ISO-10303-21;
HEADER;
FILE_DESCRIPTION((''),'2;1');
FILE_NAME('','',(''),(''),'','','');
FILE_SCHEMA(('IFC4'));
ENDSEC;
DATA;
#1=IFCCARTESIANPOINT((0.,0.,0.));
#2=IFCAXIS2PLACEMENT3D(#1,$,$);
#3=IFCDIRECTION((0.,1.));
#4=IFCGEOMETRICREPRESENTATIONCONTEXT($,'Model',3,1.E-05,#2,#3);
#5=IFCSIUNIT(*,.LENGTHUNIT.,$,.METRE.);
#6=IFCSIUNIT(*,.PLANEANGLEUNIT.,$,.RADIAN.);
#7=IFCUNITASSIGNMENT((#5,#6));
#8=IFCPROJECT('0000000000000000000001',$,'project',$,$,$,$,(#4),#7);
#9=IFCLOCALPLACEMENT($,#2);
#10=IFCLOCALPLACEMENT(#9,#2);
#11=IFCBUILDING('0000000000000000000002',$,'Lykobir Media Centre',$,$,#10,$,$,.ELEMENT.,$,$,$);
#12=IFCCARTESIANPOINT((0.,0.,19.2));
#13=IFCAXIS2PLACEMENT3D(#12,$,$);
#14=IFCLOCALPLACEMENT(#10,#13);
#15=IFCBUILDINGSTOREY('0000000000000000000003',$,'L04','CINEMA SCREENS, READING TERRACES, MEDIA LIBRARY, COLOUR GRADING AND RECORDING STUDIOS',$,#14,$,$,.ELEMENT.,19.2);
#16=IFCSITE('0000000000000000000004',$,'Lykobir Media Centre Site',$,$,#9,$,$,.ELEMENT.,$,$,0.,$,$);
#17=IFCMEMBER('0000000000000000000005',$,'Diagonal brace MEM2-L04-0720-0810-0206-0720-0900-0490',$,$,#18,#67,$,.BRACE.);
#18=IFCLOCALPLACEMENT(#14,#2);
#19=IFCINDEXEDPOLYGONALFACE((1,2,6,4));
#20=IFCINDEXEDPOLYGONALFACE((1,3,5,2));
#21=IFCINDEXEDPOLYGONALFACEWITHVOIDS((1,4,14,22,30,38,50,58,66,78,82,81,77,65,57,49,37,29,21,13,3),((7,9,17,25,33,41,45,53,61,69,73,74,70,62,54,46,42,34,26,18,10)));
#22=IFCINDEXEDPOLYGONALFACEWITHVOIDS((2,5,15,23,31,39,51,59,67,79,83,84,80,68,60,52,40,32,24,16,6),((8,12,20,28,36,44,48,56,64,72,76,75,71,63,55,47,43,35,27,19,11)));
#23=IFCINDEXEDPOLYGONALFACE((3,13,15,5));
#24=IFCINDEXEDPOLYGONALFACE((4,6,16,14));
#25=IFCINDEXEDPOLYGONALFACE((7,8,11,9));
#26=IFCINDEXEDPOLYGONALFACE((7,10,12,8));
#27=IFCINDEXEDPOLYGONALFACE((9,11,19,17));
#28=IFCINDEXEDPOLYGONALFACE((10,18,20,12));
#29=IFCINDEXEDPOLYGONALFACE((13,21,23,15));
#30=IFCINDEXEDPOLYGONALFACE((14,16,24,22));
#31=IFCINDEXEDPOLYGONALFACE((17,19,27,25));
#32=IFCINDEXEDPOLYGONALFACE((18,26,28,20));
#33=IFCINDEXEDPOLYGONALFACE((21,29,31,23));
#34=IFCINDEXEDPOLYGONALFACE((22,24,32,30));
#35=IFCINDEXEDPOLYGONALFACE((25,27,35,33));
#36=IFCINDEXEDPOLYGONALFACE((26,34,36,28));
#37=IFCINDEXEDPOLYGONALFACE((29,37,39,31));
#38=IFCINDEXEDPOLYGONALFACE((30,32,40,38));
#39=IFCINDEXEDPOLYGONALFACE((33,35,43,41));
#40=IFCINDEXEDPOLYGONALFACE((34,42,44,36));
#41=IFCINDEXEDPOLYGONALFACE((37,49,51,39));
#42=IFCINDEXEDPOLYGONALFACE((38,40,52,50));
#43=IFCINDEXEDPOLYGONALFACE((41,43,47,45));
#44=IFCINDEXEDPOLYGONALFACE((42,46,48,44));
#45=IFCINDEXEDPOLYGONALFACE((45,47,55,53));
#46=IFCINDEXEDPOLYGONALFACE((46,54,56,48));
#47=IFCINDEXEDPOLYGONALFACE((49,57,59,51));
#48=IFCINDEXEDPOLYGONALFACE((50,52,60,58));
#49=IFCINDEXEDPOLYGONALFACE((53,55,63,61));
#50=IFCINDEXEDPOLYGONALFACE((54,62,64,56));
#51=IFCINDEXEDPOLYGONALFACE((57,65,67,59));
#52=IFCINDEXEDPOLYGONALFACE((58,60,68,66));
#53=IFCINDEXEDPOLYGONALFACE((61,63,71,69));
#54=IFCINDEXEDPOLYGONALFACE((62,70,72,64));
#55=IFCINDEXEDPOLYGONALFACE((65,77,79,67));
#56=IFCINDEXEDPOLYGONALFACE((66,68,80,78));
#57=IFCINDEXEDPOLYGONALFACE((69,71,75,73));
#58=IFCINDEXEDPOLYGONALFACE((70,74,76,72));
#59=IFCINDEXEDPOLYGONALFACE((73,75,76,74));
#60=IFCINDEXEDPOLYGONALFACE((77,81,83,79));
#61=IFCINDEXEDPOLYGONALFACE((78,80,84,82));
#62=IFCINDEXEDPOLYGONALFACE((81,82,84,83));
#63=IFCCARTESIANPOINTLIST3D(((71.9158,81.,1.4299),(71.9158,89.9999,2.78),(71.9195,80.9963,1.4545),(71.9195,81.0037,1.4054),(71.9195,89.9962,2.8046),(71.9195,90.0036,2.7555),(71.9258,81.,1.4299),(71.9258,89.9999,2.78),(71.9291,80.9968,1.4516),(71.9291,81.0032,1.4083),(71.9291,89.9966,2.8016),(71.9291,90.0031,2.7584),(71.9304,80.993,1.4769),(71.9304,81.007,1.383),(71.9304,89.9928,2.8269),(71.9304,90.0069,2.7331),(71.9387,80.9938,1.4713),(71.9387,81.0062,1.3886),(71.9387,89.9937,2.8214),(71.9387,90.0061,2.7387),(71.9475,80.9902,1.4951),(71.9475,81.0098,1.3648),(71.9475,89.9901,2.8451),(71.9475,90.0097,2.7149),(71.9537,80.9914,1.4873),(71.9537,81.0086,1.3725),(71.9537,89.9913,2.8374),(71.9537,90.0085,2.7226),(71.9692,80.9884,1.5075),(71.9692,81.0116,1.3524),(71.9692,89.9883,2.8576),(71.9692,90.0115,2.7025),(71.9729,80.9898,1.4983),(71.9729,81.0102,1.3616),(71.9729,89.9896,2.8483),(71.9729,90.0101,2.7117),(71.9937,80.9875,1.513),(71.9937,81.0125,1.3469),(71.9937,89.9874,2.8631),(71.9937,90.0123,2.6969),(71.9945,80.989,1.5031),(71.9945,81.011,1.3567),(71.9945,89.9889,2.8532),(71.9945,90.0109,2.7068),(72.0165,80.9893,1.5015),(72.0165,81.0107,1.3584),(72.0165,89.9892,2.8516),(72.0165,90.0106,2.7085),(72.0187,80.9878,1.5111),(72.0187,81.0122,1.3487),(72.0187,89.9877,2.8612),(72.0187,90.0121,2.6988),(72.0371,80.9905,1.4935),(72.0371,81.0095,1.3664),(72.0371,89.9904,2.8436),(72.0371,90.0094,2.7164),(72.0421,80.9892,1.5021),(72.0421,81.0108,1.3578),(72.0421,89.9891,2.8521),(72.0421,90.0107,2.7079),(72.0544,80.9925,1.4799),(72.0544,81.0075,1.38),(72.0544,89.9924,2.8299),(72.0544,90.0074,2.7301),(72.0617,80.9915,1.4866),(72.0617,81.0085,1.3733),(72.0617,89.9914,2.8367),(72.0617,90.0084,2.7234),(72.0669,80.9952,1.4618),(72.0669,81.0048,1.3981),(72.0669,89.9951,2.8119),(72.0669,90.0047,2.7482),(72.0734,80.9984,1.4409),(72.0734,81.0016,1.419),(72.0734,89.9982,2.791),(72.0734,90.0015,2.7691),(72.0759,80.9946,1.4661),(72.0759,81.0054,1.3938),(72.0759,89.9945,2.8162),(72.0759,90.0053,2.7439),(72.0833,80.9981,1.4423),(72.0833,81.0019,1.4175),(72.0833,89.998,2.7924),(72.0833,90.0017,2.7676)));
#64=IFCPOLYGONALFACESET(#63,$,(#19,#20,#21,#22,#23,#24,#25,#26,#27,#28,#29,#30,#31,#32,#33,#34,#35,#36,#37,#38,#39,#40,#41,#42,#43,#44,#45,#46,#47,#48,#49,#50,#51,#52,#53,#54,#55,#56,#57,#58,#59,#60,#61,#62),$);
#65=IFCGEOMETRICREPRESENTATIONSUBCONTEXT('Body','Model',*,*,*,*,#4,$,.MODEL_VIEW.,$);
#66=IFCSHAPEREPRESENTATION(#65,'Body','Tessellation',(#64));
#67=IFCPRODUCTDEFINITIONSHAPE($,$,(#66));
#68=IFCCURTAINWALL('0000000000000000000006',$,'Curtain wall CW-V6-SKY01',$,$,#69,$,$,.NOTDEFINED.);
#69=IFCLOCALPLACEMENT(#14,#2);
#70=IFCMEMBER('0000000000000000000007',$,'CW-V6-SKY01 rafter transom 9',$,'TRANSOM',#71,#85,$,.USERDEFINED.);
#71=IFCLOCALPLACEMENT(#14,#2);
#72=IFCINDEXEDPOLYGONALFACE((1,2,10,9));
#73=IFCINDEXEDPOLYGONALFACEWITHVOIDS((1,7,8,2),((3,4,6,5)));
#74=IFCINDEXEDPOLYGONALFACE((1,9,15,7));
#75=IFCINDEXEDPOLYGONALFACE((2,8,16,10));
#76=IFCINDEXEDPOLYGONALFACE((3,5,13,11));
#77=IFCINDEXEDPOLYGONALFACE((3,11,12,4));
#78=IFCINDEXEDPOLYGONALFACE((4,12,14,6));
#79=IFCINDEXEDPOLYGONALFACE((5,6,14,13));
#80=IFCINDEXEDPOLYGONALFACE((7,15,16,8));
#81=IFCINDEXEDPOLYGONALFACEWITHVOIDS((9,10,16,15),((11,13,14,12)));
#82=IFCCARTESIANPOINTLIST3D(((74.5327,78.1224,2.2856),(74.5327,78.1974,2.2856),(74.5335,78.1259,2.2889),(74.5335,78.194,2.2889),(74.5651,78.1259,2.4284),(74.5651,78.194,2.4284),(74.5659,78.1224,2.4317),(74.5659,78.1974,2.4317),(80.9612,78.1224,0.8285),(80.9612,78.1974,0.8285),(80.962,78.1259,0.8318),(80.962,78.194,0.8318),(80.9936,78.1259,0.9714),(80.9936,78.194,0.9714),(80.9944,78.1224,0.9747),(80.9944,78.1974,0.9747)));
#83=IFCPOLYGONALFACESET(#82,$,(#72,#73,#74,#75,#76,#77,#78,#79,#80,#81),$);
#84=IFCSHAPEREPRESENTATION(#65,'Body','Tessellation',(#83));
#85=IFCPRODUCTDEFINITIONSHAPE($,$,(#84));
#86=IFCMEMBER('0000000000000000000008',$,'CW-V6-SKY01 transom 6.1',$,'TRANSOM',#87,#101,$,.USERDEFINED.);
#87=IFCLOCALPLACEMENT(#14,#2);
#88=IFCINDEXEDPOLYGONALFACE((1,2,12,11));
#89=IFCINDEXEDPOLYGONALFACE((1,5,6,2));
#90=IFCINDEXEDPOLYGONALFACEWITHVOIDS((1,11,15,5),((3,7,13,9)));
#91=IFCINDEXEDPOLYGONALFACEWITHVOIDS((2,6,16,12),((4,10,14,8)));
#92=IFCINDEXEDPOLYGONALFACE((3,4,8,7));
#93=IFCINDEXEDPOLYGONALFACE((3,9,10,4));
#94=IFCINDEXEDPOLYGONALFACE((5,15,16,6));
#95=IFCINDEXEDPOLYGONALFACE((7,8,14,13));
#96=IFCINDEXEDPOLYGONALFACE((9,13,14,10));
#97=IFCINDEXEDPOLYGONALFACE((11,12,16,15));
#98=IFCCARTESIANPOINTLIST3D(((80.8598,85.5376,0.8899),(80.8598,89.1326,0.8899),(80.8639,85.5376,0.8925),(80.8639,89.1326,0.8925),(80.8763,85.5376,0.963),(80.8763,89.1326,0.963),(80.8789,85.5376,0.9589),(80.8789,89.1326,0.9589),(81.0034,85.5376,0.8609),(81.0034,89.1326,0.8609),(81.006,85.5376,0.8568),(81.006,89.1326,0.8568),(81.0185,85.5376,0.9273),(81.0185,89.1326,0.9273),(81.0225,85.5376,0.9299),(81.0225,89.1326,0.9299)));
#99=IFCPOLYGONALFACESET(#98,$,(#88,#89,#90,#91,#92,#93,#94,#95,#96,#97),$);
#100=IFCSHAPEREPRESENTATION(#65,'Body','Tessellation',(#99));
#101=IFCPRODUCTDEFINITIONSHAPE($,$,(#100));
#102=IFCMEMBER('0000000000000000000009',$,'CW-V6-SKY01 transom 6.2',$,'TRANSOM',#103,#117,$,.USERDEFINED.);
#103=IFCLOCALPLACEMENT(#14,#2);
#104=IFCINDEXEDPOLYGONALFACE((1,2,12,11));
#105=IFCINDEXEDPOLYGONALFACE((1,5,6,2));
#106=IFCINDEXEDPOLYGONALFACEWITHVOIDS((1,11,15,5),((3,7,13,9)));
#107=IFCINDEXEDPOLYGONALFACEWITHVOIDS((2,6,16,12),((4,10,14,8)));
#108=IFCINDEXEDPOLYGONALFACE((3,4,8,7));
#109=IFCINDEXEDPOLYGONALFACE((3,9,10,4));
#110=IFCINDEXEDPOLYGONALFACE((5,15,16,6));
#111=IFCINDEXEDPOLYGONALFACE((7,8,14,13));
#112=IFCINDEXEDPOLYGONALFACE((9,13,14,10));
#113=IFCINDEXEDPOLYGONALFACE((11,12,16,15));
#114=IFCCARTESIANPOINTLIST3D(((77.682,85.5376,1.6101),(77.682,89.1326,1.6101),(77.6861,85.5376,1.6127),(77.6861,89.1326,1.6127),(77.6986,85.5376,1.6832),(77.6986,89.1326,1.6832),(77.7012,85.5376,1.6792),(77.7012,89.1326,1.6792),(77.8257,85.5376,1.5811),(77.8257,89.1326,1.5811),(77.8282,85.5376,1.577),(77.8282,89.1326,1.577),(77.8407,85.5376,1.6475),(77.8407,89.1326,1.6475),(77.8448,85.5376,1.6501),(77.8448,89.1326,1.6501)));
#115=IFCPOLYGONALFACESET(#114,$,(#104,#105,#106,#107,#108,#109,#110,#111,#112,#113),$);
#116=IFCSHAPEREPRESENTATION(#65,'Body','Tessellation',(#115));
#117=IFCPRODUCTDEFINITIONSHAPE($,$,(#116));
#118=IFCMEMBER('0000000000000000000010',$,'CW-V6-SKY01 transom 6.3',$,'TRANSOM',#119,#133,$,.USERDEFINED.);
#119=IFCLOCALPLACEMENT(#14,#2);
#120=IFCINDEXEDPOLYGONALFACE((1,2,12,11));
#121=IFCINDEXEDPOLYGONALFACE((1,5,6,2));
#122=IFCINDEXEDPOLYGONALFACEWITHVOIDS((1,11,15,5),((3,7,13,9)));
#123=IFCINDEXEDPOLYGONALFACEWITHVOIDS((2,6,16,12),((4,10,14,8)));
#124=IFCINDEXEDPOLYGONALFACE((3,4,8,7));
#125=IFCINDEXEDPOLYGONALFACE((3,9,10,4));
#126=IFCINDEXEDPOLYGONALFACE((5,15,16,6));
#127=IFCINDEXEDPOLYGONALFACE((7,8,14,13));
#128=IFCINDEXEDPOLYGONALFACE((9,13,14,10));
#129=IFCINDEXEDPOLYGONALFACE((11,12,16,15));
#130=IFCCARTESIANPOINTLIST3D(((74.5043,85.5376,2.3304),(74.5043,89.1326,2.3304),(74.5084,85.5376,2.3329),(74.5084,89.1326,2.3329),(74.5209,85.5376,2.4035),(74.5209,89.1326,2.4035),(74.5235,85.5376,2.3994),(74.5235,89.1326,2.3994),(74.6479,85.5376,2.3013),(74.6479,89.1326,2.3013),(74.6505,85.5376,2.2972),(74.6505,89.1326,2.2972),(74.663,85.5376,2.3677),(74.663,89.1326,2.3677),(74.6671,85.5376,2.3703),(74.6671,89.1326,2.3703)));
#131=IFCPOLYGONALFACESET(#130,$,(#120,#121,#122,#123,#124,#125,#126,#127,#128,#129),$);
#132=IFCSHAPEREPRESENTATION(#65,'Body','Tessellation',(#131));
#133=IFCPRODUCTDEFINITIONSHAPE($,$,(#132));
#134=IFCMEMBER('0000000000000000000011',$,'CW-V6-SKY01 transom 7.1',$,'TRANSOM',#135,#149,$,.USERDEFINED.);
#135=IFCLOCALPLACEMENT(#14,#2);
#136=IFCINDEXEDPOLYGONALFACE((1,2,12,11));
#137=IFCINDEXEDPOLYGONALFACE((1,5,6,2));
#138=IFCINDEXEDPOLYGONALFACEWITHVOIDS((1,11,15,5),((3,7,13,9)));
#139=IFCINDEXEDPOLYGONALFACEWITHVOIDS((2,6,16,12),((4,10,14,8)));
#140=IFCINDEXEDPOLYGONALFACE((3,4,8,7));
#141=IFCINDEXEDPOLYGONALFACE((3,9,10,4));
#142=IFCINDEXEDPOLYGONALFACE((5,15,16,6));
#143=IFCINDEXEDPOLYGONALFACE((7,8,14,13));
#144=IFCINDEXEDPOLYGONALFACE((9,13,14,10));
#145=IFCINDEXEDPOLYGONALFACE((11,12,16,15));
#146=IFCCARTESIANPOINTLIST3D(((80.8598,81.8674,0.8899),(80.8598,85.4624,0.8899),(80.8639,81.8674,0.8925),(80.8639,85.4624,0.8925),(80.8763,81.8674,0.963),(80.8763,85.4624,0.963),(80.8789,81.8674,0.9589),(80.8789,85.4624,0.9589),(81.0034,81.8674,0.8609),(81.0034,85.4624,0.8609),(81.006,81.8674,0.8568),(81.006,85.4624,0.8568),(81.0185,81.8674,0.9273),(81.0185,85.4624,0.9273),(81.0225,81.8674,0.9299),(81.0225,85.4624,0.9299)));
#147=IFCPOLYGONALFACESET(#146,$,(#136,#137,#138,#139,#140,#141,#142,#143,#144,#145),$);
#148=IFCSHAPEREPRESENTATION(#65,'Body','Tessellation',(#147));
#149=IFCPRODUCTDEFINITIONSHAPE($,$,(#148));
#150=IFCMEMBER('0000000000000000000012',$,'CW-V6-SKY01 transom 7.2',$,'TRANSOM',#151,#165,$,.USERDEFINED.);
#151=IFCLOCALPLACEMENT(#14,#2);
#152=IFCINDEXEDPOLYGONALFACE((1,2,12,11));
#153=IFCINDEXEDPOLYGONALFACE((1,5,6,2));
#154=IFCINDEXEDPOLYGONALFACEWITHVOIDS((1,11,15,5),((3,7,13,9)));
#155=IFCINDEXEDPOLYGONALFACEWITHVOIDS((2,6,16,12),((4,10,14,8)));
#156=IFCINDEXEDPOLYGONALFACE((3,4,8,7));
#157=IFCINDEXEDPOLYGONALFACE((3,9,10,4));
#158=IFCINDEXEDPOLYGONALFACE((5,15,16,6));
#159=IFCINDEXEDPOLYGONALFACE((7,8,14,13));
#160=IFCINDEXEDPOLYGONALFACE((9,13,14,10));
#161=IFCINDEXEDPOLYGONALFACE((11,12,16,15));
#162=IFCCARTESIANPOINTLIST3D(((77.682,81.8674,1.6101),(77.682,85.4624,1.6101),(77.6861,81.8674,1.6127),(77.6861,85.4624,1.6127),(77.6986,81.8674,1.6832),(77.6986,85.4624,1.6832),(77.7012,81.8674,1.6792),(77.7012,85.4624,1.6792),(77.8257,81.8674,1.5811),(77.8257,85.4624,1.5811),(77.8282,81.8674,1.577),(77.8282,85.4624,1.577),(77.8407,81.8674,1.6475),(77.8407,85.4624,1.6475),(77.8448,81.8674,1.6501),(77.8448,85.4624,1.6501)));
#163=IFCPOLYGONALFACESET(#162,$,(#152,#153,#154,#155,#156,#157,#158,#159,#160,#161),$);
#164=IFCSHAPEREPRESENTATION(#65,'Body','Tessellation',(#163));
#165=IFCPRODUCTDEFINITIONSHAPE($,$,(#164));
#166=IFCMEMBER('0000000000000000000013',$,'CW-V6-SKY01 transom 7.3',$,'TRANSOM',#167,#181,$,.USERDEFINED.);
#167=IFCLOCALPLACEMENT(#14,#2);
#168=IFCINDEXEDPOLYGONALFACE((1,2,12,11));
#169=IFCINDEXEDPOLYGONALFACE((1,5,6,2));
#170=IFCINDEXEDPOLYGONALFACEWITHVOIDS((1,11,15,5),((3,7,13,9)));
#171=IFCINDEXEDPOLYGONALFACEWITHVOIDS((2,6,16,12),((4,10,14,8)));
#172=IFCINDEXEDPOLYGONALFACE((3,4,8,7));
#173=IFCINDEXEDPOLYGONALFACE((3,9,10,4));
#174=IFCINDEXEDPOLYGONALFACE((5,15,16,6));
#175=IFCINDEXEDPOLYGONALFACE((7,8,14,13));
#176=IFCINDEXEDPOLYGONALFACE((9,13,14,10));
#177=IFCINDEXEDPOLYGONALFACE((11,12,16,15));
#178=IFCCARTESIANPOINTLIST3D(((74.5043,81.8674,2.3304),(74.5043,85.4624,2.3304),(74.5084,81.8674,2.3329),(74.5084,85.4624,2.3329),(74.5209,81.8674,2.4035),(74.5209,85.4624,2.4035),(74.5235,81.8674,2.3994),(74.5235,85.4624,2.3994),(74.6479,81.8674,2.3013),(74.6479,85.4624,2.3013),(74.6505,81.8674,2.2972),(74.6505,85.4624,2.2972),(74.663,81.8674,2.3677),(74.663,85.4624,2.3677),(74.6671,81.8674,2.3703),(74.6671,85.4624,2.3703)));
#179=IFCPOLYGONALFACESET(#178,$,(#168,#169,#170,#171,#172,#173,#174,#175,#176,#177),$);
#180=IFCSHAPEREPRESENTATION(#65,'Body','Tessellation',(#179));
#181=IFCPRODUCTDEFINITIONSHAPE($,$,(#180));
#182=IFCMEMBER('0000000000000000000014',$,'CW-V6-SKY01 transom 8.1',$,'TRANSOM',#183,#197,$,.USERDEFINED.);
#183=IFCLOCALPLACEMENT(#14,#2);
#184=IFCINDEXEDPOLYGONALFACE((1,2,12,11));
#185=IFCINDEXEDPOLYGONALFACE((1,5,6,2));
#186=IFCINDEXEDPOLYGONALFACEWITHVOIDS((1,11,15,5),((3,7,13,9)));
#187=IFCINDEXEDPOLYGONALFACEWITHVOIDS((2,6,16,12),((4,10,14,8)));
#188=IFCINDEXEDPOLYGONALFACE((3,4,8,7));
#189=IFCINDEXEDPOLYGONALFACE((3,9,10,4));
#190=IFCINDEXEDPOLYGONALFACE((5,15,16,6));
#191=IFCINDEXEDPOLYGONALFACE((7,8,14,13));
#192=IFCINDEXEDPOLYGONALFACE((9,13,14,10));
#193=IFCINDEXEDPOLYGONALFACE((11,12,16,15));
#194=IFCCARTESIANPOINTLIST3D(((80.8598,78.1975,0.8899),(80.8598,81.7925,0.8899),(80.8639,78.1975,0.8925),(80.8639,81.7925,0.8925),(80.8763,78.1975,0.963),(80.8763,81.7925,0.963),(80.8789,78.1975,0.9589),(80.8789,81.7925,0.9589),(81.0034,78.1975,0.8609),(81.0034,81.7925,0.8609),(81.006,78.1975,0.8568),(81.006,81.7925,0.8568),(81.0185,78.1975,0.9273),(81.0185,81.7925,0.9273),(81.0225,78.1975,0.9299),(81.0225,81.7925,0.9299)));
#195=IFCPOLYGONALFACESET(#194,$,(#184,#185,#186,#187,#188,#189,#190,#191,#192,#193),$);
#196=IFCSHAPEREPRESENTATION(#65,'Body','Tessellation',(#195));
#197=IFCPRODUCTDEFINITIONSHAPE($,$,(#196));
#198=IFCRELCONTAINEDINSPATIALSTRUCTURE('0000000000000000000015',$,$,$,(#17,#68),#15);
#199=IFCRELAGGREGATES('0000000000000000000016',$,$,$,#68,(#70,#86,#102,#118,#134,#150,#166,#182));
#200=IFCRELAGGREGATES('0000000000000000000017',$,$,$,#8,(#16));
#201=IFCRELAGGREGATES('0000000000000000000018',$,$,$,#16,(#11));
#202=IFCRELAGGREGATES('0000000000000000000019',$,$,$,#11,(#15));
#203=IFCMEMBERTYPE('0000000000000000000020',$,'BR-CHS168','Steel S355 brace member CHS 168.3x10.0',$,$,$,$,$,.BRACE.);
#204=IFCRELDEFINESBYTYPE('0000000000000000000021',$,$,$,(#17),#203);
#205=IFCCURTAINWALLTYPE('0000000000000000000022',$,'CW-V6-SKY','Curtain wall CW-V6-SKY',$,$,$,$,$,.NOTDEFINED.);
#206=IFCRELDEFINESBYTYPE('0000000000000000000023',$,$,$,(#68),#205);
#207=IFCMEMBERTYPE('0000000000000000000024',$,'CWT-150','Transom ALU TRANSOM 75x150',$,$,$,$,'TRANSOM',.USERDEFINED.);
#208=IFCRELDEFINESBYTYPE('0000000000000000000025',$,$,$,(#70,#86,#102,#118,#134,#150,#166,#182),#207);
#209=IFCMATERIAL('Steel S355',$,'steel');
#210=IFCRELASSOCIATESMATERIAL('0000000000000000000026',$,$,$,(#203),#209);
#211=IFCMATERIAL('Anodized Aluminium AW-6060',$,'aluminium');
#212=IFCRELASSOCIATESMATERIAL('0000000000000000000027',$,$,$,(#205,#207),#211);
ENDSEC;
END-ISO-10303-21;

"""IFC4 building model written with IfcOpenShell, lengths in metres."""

from ifc_helpers import new_model, si_unit, direction, frame, origin, origin_2d, place, context, subcontext, project, spatial, hollow_rectangle, hollow_circle, extrude, material, material_profile, profile_set, type_object, element, aggregate, save


model = new_model("IFC4")

# Units and contexts
model_context = context("Model", 3, precision=1e-05, world=origin(), true_north=direction((0.0, 1.0)))
body_context = subcontext(model_context, "Body", "Model", "MODEL_VIEW")
ifc_project = project(units=[si_unit("LENGTHUNIT", "METRE"), si_unit("PLANEANGLEUNIT", "RADIAN")], contexts=[model_context])

# Site, building, storey
site_placement = place(None, origin())
site = spatial("IfcSite", under=ifc_project, at=site_placement, Name="Lykobir Media Centre Site", CompositionType="ELEMENT", RefElevation=0.0)
building_placement = place(site_placement, origin())
building = spatial("IfcBuilding", under=site, at=building_placement, Name="Lykobir Media Centre", CompositionType="ELEMENT")
storey_placement = place(building_placement, frame((0.0, 0.0, 19.2)))
storey = spatial("IfcBuildingStorey", under=building, at=storey_placement, Name="L04", Description="CINEMA SCREENS, READING TERRACES, MEDIA LIBRARY, COLOUR GRADING AND RECORDING STUDIOS", CompositionType="ELEMENT", Elevation=19.2)

# Member
ifc_material_1 = material(Name="Steel S355", Category="steel")
ifc_material_profile_1 = material_profile(ifc_material_1, hollow_circle(Radius=0.0842, WallThickness=0.01, at=origin_2d()), Name="CHS 168.3x10.0")
ifc_profile_set_1 = profile_set([ifc_material_profile_1], Name="Steel S355")
member_type_1 = type_object("IfcMemberType", Name="BR-CHS168", Description="Steel S355 brace member CHS 168.3x10.0", PredefinedType="BRACE", material=ifc_profile_set_1)
member_1_placement = place(storey_placement, frame((72.0, 81.0, 1.4299), z_axis=(0.0, 0.988935, 0.148351), x_axis=(-1.0, 0.0, 0.0)))
element("IfcMember", 1, at=member_1_placement, inside=storey, type_object=member_type_1, Name="Diagonal brace MEM2-L04-0720-0810-0206-0720-0900-0490", PredefinedType="BRACE", context=body_context, shape_type="SweptSolid", body=[
    extrude(hollow_circle(Radius=0.0842, WallThickness=0.01, at=origin_2d()), origin(), (0.0, 0.0, 1.0), 9.1006),
])

# Curtain wall, members
ifc_material_2 = material(Name="Anodized Aluminium AW-6060", Category="aluminium")
curtain_wall_type = type_object("IfcCurtainWallType", Name="CW-V6-SKY", Description="Curtain wall CW-V6-SKY", PredefinedType="NOTDEFINED", material=ifc_material_2)
curtain_wall_1_placement = place(storey_placement, origin())
curtain_wall_1 = element("IfcCurtainWall", 2, at=curtain_wall_1_placement, inside=storey, type_object=curtain_wall_type, Name="Curtain wall CW-V6-SKY01", PredefinedType="NOTDEFINED")
ifc_material_profile_2 = material_profile(ifc_material_2, hollow_rectangle(XDim=0.075, YDim=0.1499, WallThickness=0.0034, at=origin_2d()), Name="ALU TRANSOM 75x150")
ifc_profile_set_2 = profile_set([ifc_material_profile_2], Name="Anodized Aluminium AW-6060")
member_type_2 = type_object("IfcMemberType", Name="CWT-150", Description="Transom ALU TRANSOM 75x150", ElementType="TRANSOM", PredefinedType="USERDEFINED", material=ifc_profile_set_2)
member_2_placement = place(storey_placement, frame((80.9778, 78.1599, 0.9016), z_axis=(-0.975263, 0.0, 0.221046), x_axis=(0.0, -1.0, 0.0)))
member_2 = element("IfcMember", 3, at=member_2_placement, type_object=member_type_2, Name="CW-V6-SKY01 rafter transom 9", ObjectType="TRANSOM", PredefinedType="USERDEFINED", context=body_context, shape_type="SweptSolid", body=[
    extrude(hollow_rectangle(XDim=0.075, YDim=0.1499, WallThickness=0.0034, at=origin_2d()), origin(), (0.0, 0.0, 1.0), 6.5916),
])
member_3_placement = place(storey_placement, frame((80.9412, 89.1326, 0.9099), z_axis=(0.0, -1.0, 0.0), x_axis=(0.221055, 0.0, 0.975261)))
member_3 = element("IfcMember", 4, at=member_3_placement, type_object=member_type_2, Name="CW-V6-SKY01 transom 6.1", ObjectType="TRANSOM", PredefinedType="USERDEFINED", context=body_context, shape_type="SweptSolid", body=[
    extrude(hollow_rectangle(XDim=0.075, YDim=0.1499, WallThickness=0.0034, at=origin_2d()), origin(), (0.0, 0.0, 1.0), 3.595),
])
member_4_placement = place(storey_placement, frame((77.7634, 89.1326, 1.6301), z_axis=(0.0, -1.0, 0.0), x_axis=(0.221055, 0.0, 0.975261)))
member_4 = element("IfcMember", 5, at=member_4_placement, type_object=member_type_2, Name="CW-V6-SKY01 transom 6.2", ObjectType="TRANSOM", PredefinedType="USERDEFINED", context=body_context, shape_type="SweptSolid", body=[
    extrude(hollow_rectangle(XDim=0.075, YDim=0.1499, WallThickness=0.0034, at=origin_2d()), origin(), (0.0, 0.0, 1.0), 3.595),
])
member_5_placement = place(storey_placement, frame((74.5857, 89.1326, 2.3503), z_axis=(0.0, -1.0, 0.0), x_axis=(0.221055, 0.0, 0.975261)))
member_5 = element("IfcMember", 6, at=member_5_placement, type_object=member_type_2, Name="CW-V6-SKY01 transom 6.3", ObjectType="TRANSOM", PredefinedType="USERDEFINED", context=body_context, shape_type="SweptSolid", body=[
    extrude(hollow_rectangle(XDim=0.075, YDim=0.1499, WallThickness=0.0034, at=origin_2d()), origin(), (0.0, 0.0, 1.0), 3.595),
])
member_6_placement = place(storey_placement, frame((80.9412, 85.4624, 0.9099), z_axis=(0.0, -1.0, 0.0), x_axis=(0.221055, 0.0, 0.975261)))
member_6 = element("IfcMember", 7, at=member_6_placement, type_object=member_type_2, Name="CW-V6-SKY01 transom 7.1", ObjectType="TRANSOM", PredefinedType="USERDEFINED", context=body_context, shape_type="SweptSolid", body=[
    extrude(hollow_rectangle(XDim=0.075, YDim=0.1499, WallThickness=0.0034, at=origin_2d()), origin(), (0.0, 0.0, 1.0), 3.595),
])
member_7_placement = place(storey_placement, frame((77.7634, 85.4624, 1.6301), z_axis=(0.0, -1.0, 0.0), x_axis=(0.221055, 0.0, 0.975261)))
member_7 = element("IfcMember", 8, at=member_7_placement, type_object=member_type_2, Name="CW-V6-SKY01 transom 7.2", ObjectType="TRANSOM", PredefinedType="USERDEFINED", context=body_context, shape_type="SweptSolid", body=[
    extrude(hollow_rectangle(XDim=0.075, YDim=0.1499, WallThickness=0.0034, at=origin_2d()), origin(), (0.0, 0.0, 1.0), 3.595),
])
member_8_placement = place(storey_placement, frame((74.5857, 85.4624, 2.3503), z_axis=(0.0, -1.0, 0.0), x_axis=(0.221055, 0.0, 0.975261)))
member_8 = element("IfcMember", 9, at=member_8_placement, type_object=member_type_2, Name="CW-V6-SKY01 transom 7.3", ObjectType="TRANSOM", PredefinedType="USERDEFINED", context=body_context, shape_type="SweptSolid", body=[
    extrude(hollow_rectangle(XDim=0.075, YDim=0.1499, WallThickness=0.0034, at=origin_2d()), origin(), (0.0, 0.0, 1.0), 3.595),
])
member_9_placement = place(storey_placement, frame((80.9412, 81.7925, 0.9099), z_axis=(0.0, -1.0, 0.0), x_axis=(0.221055, 0.0, 0.975261)))
member_9 = element("IfcMember", 10, at=member_9_placement, type_object=member_type_2, Name="CW-V6-SKY01 transom 8.1", ObjectType="TRANSOM", PredefinedType="USERDEFINED", context=body_context, shape_type="SweptSolid", body=[
    extrude(hollow_rectangle(XDim=0.075, YDim=0.1499, WallThickness=0.0034, at=origin_2d()), origin(), (0.0, 0.0, 1.0), 3.595),
])

aggregate(curtain_wall_1, [member_2, member_3, member_4, member_5, member_6, member_7, member_8, member_9])

save(model, "model.ifc")
